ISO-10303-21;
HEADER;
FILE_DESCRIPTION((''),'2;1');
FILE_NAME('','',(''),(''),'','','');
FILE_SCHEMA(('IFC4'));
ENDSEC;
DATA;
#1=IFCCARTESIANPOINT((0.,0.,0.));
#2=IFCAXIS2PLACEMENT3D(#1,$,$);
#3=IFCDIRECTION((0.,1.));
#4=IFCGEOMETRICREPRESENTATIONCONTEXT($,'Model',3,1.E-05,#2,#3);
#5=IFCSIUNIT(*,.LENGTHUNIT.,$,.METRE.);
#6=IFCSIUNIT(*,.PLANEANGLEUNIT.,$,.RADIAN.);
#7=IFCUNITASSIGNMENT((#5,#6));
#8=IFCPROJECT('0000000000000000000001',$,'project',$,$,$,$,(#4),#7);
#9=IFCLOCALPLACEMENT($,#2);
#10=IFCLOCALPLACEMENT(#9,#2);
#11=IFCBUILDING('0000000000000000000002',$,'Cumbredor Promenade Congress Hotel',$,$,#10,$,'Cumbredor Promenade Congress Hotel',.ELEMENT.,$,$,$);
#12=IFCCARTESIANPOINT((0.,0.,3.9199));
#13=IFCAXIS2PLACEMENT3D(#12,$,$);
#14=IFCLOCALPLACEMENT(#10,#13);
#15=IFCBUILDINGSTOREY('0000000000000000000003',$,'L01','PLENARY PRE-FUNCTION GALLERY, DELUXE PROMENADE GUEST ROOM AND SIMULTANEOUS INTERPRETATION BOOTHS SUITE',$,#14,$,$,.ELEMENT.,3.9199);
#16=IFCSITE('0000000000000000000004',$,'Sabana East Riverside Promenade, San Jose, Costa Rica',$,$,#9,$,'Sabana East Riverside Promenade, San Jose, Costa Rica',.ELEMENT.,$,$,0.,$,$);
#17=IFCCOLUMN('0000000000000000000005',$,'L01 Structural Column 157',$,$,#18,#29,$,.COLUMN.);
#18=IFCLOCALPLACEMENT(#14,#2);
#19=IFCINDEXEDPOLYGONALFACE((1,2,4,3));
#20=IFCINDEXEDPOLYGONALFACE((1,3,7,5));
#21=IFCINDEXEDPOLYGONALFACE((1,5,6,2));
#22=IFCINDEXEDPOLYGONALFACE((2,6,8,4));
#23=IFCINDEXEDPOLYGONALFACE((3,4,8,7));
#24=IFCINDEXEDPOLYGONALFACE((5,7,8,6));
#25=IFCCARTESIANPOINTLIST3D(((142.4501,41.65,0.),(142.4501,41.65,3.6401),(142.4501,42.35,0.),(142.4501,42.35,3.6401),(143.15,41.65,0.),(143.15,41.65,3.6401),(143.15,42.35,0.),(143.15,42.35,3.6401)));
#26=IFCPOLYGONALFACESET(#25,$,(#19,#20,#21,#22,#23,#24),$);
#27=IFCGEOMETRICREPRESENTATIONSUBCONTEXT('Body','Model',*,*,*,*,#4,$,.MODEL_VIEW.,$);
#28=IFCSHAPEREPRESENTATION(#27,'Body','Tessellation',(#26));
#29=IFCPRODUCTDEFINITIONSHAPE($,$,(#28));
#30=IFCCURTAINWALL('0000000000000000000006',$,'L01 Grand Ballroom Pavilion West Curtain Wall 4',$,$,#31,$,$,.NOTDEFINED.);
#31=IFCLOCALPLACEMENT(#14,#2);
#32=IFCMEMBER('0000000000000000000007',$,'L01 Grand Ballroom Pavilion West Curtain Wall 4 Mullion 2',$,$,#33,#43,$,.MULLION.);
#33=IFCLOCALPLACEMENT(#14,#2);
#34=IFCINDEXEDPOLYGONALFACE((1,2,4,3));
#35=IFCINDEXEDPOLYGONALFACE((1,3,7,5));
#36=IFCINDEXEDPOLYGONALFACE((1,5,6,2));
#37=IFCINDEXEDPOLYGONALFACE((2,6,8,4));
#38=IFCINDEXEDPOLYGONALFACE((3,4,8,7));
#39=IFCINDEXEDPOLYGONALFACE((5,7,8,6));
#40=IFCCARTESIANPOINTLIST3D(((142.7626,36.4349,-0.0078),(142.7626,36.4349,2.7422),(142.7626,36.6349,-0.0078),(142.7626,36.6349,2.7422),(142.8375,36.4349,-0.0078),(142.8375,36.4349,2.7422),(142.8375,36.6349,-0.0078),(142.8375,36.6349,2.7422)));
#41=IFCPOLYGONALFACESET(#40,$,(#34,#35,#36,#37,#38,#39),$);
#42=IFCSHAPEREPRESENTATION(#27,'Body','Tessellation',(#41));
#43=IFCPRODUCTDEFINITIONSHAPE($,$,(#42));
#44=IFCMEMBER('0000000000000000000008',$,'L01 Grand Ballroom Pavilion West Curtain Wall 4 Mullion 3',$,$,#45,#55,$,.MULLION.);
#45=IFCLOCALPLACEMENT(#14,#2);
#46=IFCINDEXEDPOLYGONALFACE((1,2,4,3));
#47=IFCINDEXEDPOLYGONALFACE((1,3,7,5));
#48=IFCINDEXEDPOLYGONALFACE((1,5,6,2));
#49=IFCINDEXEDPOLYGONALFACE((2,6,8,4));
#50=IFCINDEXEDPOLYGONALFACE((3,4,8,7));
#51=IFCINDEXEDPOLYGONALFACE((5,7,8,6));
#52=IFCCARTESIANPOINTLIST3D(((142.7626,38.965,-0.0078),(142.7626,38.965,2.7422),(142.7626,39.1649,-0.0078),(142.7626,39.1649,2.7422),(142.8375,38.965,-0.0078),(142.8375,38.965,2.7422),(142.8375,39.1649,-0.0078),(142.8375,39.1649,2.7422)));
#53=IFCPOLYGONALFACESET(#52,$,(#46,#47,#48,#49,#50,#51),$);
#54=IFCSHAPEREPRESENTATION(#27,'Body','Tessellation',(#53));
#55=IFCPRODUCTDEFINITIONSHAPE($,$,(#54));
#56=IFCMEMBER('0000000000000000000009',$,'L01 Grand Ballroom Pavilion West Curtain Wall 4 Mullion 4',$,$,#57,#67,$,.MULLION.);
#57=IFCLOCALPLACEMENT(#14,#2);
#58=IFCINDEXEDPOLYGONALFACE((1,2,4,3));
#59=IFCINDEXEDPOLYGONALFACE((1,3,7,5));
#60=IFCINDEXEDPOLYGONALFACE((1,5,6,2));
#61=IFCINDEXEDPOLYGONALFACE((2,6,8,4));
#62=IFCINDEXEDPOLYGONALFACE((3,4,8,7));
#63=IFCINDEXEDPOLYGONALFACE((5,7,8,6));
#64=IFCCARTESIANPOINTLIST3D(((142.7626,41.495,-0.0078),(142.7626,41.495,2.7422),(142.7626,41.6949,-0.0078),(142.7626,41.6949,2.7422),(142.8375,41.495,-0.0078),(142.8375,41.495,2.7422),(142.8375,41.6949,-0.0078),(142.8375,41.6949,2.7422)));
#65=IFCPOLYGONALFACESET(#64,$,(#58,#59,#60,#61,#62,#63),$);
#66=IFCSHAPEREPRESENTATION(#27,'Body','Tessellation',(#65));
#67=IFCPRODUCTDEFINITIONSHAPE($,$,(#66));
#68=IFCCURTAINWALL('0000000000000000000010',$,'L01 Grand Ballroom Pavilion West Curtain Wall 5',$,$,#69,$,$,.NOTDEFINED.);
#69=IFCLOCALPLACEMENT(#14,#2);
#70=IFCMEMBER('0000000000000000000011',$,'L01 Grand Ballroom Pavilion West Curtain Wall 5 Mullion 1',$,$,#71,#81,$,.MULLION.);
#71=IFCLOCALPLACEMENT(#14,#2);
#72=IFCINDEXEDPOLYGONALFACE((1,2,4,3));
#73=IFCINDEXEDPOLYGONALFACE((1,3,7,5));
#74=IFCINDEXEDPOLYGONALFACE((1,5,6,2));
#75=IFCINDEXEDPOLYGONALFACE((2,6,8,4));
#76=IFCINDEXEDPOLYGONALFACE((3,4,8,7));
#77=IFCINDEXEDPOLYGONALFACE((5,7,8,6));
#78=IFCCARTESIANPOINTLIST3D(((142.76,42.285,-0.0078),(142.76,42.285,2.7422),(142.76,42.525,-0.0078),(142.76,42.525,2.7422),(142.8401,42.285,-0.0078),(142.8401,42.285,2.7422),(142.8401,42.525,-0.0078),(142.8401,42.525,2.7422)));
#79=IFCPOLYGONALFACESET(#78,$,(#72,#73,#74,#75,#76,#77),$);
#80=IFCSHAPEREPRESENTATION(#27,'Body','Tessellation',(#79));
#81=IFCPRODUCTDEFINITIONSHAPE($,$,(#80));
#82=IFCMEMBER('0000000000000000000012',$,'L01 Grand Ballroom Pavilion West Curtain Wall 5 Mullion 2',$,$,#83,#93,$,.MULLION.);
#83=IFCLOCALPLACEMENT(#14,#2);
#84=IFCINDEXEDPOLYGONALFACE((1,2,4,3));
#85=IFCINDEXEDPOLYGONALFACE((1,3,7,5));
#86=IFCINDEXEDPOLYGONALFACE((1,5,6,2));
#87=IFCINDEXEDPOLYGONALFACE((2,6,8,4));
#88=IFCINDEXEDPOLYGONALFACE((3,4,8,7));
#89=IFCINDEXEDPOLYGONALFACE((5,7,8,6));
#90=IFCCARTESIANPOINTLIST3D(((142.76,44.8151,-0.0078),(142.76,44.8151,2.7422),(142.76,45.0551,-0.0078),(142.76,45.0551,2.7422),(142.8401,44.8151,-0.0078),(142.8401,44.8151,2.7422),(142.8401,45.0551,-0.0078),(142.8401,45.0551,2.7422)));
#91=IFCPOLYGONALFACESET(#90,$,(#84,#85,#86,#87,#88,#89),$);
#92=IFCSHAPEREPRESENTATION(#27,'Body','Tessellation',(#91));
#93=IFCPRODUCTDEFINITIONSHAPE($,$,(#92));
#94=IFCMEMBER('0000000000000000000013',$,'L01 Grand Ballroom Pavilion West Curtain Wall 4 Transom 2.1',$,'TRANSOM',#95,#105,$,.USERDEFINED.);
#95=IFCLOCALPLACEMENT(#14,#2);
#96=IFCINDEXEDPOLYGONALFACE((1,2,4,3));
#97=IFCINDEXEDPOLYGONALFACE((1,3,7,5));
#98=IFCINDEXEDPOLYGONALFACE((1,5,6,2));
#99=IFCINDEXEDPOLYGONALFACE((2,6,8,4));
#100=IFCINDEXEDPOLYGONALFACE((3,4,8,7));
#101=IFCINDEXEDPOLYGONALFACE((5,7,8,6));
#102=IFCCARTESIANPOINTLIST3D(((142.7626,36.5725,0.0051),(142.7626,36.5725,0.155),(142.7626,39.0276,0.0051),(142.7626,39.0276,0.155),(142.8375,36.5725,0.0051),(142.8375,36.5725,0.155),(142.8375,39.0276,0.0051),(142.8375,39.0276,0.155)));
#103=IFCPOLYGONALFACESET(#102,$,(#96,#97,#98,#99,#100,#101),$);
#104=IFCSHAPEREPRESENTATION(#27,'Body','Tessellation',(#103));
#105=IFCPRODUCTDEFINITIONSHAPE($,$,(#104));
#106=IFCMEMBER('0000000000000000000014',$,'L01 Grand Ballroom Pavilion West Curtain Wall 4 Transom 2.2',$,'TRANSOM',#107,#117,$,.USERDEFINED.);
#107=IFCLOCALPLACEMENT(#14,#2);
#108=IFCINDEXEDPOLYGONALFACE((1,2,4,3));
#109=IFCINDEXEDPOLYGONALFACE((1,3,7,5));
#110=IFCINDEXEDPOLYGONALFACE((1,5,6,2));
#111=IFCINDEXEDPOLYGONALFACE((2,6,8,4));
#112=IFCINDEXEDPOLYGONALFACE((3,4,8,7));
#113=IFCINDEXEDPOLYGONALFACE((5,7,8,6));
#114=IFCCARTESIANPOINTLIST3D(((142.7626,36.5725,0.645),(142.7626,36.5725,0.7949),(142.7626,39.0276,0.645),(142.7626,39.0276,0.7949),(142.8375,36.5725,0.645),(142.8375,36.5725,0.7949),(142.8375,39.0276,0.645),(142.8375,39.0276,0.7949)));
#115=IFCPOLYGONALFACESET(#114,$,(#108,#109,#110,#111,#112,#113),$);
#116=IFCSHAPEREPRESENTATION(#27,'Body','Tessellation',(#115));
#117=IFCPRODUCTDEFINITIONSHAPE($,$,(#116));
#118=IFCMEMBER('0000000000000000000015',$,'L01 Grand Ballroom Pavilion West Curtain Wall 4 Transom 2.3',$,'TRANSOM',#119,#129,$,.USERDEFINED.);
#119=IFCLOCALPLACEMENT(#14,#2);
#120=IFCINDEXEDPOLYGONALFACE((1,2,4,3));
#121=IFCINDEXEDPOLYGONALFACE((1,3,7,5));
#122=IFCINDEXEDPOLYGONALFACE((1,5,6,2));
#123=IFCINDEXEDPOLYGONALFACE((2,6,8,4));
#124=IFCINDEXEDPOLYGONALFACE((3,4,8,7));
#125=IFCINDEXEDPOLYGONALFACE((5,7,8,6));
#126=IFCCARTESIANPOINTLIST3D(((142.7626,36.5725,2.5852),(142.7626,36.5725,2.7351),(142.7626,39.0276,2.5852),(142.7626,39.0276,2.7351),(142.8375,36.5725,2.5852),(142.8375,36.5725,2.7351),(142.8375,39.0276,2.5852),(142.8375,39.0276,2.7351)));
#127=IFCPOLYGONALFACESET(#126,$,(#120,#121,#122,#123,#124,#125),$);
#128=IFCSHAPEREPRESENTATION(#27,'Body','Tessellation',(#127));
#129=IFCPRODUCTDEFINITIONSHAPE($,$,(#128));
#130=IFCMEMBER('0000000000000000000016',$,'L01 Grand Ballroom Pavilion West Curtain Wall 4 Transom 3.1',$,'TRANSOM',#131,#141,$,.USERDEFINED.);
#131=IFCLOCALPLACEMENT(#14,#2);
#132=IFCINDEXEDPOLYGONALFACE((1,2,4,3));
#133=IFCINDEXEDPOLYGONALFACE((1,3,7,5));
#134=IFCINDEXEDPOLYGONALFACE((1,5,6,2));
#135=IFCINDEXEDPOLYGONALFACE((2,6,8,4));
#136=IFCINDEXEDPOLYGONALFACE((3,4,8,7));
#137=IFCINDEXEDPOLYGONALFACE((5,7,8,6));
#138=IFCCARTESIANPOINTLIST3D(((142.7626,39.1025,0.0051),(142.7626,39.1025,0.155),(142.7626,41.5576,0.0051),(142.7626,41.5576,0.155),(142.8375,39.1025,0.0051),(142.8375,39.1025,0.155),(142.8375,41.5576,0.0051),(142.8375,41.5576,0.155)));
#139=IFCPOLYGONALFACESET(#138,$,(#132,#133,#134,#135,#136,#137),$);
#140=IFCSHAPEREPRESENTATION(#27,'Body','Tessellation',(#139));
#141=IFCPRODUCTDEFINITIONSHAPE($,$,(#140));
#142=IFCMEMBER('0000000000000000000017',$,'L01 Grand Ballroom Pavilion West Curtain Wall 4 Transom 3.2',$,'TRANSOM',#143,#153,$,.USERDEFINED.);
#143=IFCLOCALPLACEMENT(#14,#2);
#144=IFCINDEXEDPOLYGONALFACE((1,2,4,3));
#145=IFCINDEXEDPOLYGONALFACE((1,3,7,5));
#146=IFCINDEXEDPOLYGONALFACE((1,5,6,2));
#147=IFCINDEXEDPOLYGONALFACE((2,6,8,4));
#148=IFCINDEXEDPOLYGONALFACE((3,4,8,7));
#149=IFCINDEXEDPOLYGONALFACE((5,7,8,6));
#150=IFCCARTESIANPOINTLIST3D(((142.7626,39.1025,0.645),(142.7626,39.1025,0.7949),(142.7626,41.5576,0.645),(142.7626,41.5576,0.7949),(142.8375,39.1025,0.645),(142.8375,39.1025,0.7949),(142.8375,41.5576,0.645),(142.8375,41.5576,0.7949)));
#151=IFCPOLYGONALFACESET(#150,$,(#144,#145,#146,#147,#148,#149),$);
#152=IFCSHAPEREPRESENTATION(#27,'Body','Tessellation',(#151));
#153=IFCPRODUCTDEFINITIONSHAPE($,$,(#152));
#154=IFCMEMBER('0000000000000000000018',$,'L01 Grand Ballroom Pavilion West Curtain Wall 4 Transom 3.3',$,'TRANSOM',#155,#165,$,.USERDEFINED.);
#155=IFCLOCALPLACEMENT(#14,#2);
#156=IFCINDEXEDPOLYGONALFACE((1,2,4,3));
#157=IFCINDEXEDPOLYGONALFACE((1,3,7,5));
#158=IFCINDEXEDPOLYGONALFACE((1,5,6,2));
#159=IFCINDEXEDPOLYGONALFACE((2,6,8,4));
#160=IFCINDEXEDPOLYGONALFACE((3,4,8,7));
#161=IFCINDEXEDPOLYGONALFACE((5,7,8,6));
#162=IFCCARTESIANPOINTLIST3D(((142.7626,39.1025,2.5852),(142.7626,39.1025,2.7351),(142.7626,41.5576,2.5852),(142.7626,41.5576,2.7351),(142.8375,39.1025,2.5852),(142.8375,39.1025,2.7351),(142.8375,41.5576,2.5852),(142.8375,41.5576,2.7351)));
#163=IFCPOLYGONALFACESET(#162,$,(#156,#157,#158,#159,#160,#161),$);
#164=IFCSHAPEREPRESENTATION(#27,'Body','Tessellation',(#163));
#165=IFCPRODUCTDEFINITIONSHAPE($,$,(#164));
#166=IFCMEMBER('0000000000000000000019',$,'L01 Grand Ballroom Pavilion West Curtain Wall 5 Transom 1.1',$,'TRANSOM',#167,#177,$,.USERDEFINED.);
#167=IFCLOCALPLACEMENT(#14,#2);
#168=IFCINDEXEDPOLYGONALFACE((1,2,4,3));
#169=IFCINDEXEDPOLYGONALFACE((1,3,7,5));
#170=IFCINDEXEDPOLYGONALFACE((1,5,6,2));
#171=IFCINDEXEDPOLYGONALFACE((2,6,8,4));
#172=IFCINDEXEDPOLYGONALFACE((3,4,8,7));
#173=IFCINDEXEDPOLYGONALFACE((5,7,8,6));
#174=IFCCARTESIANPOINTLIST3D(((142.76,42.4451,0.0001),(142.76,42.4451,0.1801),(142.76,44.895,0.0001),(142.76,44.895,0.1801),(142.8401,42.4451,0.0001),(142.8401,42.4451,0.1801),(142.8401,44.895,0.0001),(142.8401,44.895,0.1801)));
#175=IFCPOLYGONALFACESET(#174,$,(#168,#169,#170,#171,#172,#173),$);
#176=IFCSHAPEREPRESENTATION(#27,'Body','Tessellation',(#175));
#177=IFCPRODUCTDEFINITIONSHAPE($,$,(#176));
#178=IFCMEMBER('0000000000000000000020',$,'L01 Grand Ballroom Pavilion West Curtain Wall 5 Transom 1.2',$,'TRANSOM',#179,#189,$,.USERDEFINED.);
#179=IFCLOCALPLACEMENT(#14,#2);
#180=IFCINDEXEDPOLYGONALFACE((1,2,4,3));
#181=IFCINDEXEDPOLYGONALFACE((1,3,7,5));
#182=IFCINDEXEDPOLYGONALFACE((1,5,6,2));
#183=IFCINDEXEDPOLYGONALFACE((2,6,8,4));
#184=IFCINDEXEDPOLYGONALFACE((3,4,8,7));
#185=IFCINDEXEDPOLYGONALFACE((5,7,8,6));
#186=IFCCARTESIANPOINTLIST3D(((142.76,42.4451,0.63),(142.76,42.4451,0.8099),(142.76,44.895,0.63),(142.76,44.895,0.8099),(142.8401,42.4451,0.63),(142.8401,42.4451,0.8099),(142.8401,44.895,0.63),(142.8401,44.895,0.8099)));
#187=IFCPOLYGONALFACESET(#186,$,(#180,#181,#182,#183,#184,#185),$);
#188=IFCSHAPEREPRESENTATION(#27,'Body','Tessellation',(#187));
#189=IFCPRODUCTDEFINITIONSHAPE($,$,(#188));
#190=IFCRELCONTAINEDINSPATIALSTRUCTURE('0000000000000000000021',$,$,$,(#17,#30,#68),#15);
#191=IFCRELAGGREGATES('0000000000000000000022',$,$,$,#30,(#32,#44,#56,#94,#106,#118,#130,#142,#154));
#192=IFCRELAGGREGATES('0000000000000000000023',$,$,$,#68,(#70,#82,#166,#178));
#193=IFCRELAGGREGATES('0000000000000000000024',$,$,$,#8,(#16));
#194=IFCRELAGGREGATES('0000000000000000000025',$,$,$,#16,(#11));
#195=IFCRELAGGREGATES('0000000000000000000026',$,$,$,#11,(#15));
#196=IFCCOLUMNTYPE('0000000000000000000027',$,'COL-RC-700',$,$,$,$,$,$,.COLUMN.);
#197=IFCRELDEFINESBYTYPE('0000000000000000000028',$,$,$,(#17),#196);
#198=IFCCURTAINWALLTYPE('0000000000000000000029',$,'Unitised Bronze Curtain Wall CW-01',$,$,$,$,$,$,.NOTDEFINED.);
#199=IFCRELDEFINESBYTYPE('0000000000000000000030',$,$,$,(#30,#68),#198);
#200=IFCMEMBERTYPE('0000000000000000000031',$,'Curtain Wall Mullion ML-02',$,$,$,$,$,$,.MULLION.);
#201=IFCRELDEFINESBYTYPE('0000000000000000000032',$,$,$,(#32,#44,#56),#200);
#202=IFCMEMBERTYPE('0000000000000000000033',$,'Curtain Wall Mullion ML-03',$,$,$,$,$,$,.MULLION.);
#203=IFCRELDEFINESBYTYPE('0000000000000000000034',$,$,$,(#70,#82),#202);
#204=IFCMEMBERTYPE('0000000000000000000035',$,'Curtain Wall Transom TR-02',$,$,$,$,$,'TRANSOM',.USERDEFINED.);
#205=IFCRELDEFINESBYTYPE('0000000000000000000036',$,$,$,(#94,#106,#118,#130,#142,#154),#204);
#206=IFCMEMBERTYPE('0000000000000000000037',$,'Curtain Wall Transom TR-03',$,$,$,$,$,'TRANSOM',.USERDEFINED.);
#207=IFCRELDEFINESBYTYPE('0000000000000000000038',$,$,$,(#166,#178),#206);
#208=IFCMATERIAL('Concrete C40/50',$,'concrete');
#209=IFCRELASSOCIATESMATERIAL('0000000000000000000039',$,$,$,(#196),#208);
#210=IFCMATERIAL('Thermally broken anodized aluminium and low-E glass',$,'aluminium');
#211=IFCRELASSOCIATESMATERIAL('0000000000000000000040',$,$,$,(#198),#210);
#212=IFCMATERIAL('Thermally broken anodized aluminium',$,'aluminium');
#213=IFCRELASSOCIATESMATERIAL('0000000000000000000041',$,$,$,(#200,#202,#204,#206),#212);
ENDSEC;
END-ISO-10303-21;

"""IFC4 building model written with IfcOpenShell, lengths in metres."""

from ifc_helpers import new_model, si_unit, direction, frame, origin, origin_2d, place, context, subcontext, project, spatial, rectangle, extrude, material, material_profile, profile_set, type_object, element, aggregate, save


model = new_model("IFC4")

# Units and contexts
model_context = context("Model", 3, precision=1e-05, world=origin(), true_north=direction((0.0, 1.0)))
body_context = subcontext(model_context, "Body", "Model", "MODEL_VIEW")
ifc_project = project(units=[si_unit("LENGTHUNIT", "METRE"), si_unit("PLANEANGLEUNIT", "RADIAN")], contexts=[model_context])

# Site, building, storey
site_placement = place(None, origin())
site = spatial("IfcSite", under=ifc_project, at=site_placement, Name="Sabana East Riverside Promenade, San Jose, Costa Rica", LongName="Sabana East Riverside Promenade, San Jose, Costa Rica", CompositionType="ELEMENT", RefElevation=0.0)
building_placement = place(site_placement, origin())
building = spatial("IfcBuilding", under=site, at=building_placement, Name="Cumbredor Promenade Congress Hotel", LongName="Cumbredor Promenade Congress Hotel", CompositionType="ELEMENT")
storey_placement = place(building_placement, frame((0.0, 0.0, 3.9199)))
storey = spatial("IfcBuildingStorey", under=building, at=storey_placement, Name="L01", Description="PLENARY PRE-FUNCTION GALLERY, DELUXE PROMENADE GUEST ROOM AND SIMULTANEOUS INTERPRETATION BOOTHS SUITE", CompositionType="ELEMENT", Elevation=3.9199)

# Column
ifc_material_1 = material(Name="Concrete C40/50", Category="concrete")
ifc_material_profile_1 = material_profile(ifc_material_1, rectangle(XDim=0.7, YDim=0.7, at=origin_2d()), Name="RC 700x700")
ifc_profile_set_1 = profile_set([ifc_material_profile_1], Name="Concrete C40/50")
column_type = type_object("IfcColumnType", Name="COL-RC-700", PredefinedType="COLUMN", material=ifc_profile_set_1)
column_placement = place(storey_placement, frame((142.8, 42.0, 0.0), z_axis=(0.0, 0.0, 1.0), x_axis=(1.0, 0.0, 0.0)))
element("IfcColumn", 1, at=column_placement, inside=storey, type_object=column_type, Name="L01 Structural Column 157", PredefinedType="COLUMN", context=body_context, shape_type="SweptSolid", body=[
    extrude(rectangle(XDim=0.7, YDim=0.7, at=origin_2d()), origin(), (0.0, 0.0, 1.0), 3.6401),
])

# Curtain walls, members
ifc_material_2 = material(Name="Thermally broken anodized aluminium and low-E glass", Category="aluminium")
curtain_wall_type = type_object("IfcCurtainWallType", Name="Unitised Bronze Curtain Wall CW-01", PredefinedType="NOTDEFINED", material=ifc_material_2)
curtain_wall_1_placement = place(storey_placement, origin())
curtain_wall_1 = element("IfcCurtainWall", 2, at=curtain_wall_1_placement, inside=storey, type_object=curtain_wall_type, Name="L01 Grand Ballroom Pavilion West Curtain Wall 4", PredefinedType="NOTDEFINED")
ifc_material_3 = material(Name="Thermally broken anodized aluminium", Category="aluminium")
ifc_material_profile_2 = material_profile(ifc_material_3, rectangle(XDim=0.075, YDim=0.2, at=origin_2d()), Name="ALU MULLION 75x200")
ifc_profile_set_2 = profile_set([ifc_material_profile_2], Name="Thermally broken anodized aluminium")
member_type_1 = type_object("IfcMemberType", Name="Curtain Wall Mullion ML-02", PredefinedType="MULLION", material=ifc_profile_set_2)
member_1_placement = place(storey_placement, frame((142.8, 36.5349, -0.0078), z_axis=(0.0, 0.0, 1.0), x_axis=(1.0, 0.0, 0.0)))
member_1 = element("IfcMember", 3, at=member_1_placement, type_object=member_type_1, Name="L01 Grand Ballroom Pavilion West Curtain Wall 4 Mullion 2", PredefinedType="MULLION", context=body_context, shape_type="SweptSolid", body=[
    extrude(rectangle(XDim=0.075, YDim=0.2, at=origin_2d()), origin(), (0.0, 0.0, 1.0), 2.75),
])
member_2_placement = place(storey_placement, frame((142.8, 39.0649, -0.0078), z_axis=(0.0, 0.0, 1.0), x_axis=(1.0, 0.0, 0.0)))
member_2 = element("IfcMember", 4, at=member_2_placement, type_object=member_type_1, Name="L01 Grand Ballroom Pavilion West Curtain Wall 4 Mullion 3", PredefinedType="MULLION", context=body_context, shape_type="SweptSolid", body=[
    extrude(rectangle(XDim=0.075, YDim=0.2, at=origin_2d()), origin(), (0.0, 0.0, 1.0), 2.75),
])
member_3_placement = place(storey_placement, frame((142.8, 41.595, -0.0078), z_axis=(0.0, 0.0, 1.0), x_axis=(1.0, 0.0, 0.0)))
member_3 = element("IfcMember", 5, at=member_3_placement, type_object=member_type_1, Name="L01 Grand Ballroom Pavilion West Curtain Wall 4 Mullion 4", PredefinedType="MULLION", context=body_context, shape_type="SweptSolid", body=[
    extrude(rectangle(XDim=0.075, YDim=0.2, at=origin_2d()), origin(), (0.0, 0.0, 1.0), 2.75),
])
curtain_wall_2_placement = place(storey_placement, origin())
curtain_wall_2 = element("IfcCurtainWall", 6, at=curtain_wall_2_placement, inside=storey, type_object=curtain_wall_type, Name="L01 Grand Ballroom Pavilion West Curtain Wall 5", PredefinedType="NOTDEFINED")
ifc_material_profile_3 = material_profile(ifc_material_3, rectangle(XDim=0.0801, YDim=0.24, at=origin_2d()), Name="ALU MULLION 80x240")
ifc_profile_set_3 = profile_set([ifc_material_profile_3], Name="Thermally broken anodized aluminium")
member_type_2 = type_object("IfcMemberType", Name="Curtain Wall Mullion ML-03", PredefinedType="MULLION", material=ifc_profile_set_3)
member_4_placement = place(storey_placement, frame((142.8, 42.405, -0.0078), z_axis=(0.0, 0.0, 1.0), x_axis=(1.0, 0.0, 0.0)))
member_4 = element("IfcMember", 7, at=member_4_placement, type_object=member_type_2, Name="L01 Grand Ballroom Pavilion West Curtain Wall 5 Mullion 1", PredefinedType="MULLION", context=body_context, shape_type="SweptSolid", body=[
    extrude(rectangle(XDim=0.0801, YDim=0.24, at=origin_2d()), origin(), (0.0, 0.0, 1.0), 2.75),
])
member_5_placement = place(storey_placement, frame((142.8, 44.9351, -0.0078), z_axis=(0.0, 0.0, 1.0), x_axis=(1.0, 0.0, 0.0)))
member_5 = element("IfcMember", 8, at=member_5_placement, type_object=member_type_2, Name="L01 Grand Ballroom Pavilion West Curtain Wall 5 Mullion 2", PredefinedType="MULLION", context=body_context, shape_type="SweptSolid", body=[
    extrude(rectangle(XDim=0.0801, YDim=0.24, at=origin_2d()), origin(), (0.0, 0.0, 1.0), 2.75),
])

# Members
ifc_material_profile_4 = material_profile(ifc_material_3, rectangle(XDim=0.075, YDim=0.1499, at=origin_2d()), Name="ALU TRANSOM 75x150")
ifc_profile_set_4 = profile_set([ifc_material_profile_4], Name="Thermally broken anodized aluminium")
member_type_3 = type_object("IfcMemberType", Name="Curtain Wall Transom TR-02", ElementType="TRANSOM", PredefinedType="USERDEFINED", material=ifc_profile_set_4)
member_6_placement = place(storey_placement, frame((142.8, 36.5725, 0.0801), z_axis=(0.0, 1.0, 0.0), x_axis=(-1.0, 0.0, 0.0)))
member_6 = element("IfcMember", 9, at=member_6_placement, type_object=member_type_3, Name="L01 Grand Ballroom Pavilion West Curtain Wall 4 Transom 2.1", ObjectType="TRANSOM", PredefinedType="USERDEFINED", context=body_context, shape_type="SweptSolid", body=[
    extrude(rectangle(XDim=0.075, YDim=0.1499, at=origin_2d()), origin(), (0.0, 0.0, 1.0), 2.4551),
])
member_7_placement = place(storey_placement, frame((142.8, 36.5725, 0.72), z_axis=(0.0, 1.0, 0.0), x_axis=(-1.0, 0.0, 0.0)))
member_7 = element("IfcMember", 10, at=member_7_placement, type_object=member_type_3, Name="L01 Grand Ballroom Pavilion West Curtain Wall 4 Transom 2.2", ObjectType="TRANSOM", PredefinedType="USERDEFINED", context=body_context, shape_type="SweptSolid", body=[
    extrude(rectangle(XDim=0.075, YDim=0.1499, at=origin_2d()), origin(), (0.0, 0.0, 1.0), 2.4551),
])
member_8_placement = place(storey_placement, frame((142.8, 36.5725, 2.6602), z_axis=(0.0, 1.0, 0.0), x_axis=(-1.0, 0.0, 0.0)))
member_8 = element("IfcMember", 11, at=member_8_placement, type_object=member_type_3, Name="L01 Grand Ballroom Pavilion West Curtain Wall 4 Transom 2.3", ObjectType="TRANSOM", PredefinedType="USERDEFINED", context=body_context, shape_type="SweptSolid", body=[
    extrude(rectangle(XDim=0.075, YDim=0.1499, at=origin_2d()), origin(), (0.0, 0.0, 1.0), 2.4551),
])
member_9_placement = place(storey_placement, frame((142.8, 39.1025, 0.0801), z_axis=(0.0, 1.0, 0.0), x_axis=(-1.0, 0.0, 0.0)))
member_9 = element("IfcMember", 12, at=member_9_placement, type_object=member_type_3, Name="L01 Grand Ballroom Pavilion West Curtain Wall 4 Transom 3.1", ObjectType="TRANSOM", PredefinedType="USERDEFINED", context=body_context, shape_type="SweptSolid", body=[
    extrude(rectangle(XDim=0.075, YDim=0.1499, at=origin_2d()), origin(), (0.0, 0.0, 1.0), 2.4551),
])
member_10_placement = place(storey_placement, frame((142.8, 39.1025, 0.72), z_axis=(0.0, 1.0, 0.0), x_axis=(-1.0, 0.0, 0.0)))
member_10 = element("IfcMember", 13, at=member_10_placement, type_object=member_type_3, Name="L01 Grand Ballroom Pavilion West Curtain Wall 4 Transom 3.2", ObjectType="TRANSOM", PredefinedType="USERDEFINED", context=body_context, shape_type="SweptSolid", body=[
    extrude(rectangle(XDim=0.075, YDim=0.1499, at=origin_2d()), origin(), (0.0, 0.0, 1.0), 2.4551),
])
member_11_placement = place(storey_placement, frame((142.8, 39.1025, 2.6602), z_axis=(0.0, 1.0, 0.0), x_axis=(-1.0, 0.0, 0.0)))
member_11 = element("IfcMember", 14, at=member_11_placement, type_object=member_type_3, Name="L01 Grand Ballroom Pavilion West Curtain Wall 4 Transom 3.3", ObjectType="TRANSOM", PredefinedType="USERDEFINED", context=body_context, shape_type="SweptSolid", body=[
    extrude(rectangle(XDim=0.075, YDim=0.1499, at=origin_2d()), origin(), (0.0, 0.0, 1.0), 2.4551),
])
ifc_material_profile_5 = material_profile(ifc_material_3, rectangle(XDim=0.0801, YDim=0.1799, at=origin_2d()), Name="ALU TRANSOM 80x180")
ifc_profile_set_5 = profile_set([ifc_material_profile_5], Name="Thermally broken anodized aluminium")
member_type_4 = type_object("IfcMemberType", Name="Curtain Wall Transom TR-03", ElementType="TRANSOM", PredefinedType="USERDEFINED", material=ifc_profile_set_5)
member_12_placement = place(storey_placement, frame((142.8, 42.4451, 0.0901), z_axis=(0.0, 1.0, 0.0), x_axis=(-1.0, 0.0, 0.0)))
member_12 = element("IfcMember", 15, at=member_12_placement, type_object=member_type_4, Name="L01 Grand Ballroom Pavilion West Curtain Wall 5 Transom 1.1", ObjectType="TRANSOM", PredefinedType="USERDEFINED", context=body_context, shape_type="SweptSolid", body=[
    extrude(rectangle(XDim=0.0801, YDim=0.1799, at=origin_2d()), origin(), (0.0, 0.0, 1.0), 2.45),
])
member_13_placement = place(storey_placement, frame((142.8, 42.4451, 0.72), z_axis=(0.0, 1.0, 0.0), x_axis=(-1.0, 0.0, 0.0)))
member_13 = element("IfcMember", 16, at=member_13_placement, type_object=member_type_4, Name="L01 Grand Ballroom Pavilion West Curtain Wall 5 Transom 1.2", ObjectType="TRANSOM", PredefinedType="USERDEFINED", context=body_context, shape_type="SweptSolid", body=[
    extrude(rectangle(XDim=0.0801, YDim=0.1799, at=origin_2d()), origin(), (0.0, 0.0, 1.0), 2.45),
])

aggregate(curtain_wall_1, [member_1, member_2, member_3, member_6, member_7, member_8, member_9, member_10, member_11])
aggregate(curtain_wall_2, [member_4, member_5, member_12, member_13])

save(model, "model.ifc")
